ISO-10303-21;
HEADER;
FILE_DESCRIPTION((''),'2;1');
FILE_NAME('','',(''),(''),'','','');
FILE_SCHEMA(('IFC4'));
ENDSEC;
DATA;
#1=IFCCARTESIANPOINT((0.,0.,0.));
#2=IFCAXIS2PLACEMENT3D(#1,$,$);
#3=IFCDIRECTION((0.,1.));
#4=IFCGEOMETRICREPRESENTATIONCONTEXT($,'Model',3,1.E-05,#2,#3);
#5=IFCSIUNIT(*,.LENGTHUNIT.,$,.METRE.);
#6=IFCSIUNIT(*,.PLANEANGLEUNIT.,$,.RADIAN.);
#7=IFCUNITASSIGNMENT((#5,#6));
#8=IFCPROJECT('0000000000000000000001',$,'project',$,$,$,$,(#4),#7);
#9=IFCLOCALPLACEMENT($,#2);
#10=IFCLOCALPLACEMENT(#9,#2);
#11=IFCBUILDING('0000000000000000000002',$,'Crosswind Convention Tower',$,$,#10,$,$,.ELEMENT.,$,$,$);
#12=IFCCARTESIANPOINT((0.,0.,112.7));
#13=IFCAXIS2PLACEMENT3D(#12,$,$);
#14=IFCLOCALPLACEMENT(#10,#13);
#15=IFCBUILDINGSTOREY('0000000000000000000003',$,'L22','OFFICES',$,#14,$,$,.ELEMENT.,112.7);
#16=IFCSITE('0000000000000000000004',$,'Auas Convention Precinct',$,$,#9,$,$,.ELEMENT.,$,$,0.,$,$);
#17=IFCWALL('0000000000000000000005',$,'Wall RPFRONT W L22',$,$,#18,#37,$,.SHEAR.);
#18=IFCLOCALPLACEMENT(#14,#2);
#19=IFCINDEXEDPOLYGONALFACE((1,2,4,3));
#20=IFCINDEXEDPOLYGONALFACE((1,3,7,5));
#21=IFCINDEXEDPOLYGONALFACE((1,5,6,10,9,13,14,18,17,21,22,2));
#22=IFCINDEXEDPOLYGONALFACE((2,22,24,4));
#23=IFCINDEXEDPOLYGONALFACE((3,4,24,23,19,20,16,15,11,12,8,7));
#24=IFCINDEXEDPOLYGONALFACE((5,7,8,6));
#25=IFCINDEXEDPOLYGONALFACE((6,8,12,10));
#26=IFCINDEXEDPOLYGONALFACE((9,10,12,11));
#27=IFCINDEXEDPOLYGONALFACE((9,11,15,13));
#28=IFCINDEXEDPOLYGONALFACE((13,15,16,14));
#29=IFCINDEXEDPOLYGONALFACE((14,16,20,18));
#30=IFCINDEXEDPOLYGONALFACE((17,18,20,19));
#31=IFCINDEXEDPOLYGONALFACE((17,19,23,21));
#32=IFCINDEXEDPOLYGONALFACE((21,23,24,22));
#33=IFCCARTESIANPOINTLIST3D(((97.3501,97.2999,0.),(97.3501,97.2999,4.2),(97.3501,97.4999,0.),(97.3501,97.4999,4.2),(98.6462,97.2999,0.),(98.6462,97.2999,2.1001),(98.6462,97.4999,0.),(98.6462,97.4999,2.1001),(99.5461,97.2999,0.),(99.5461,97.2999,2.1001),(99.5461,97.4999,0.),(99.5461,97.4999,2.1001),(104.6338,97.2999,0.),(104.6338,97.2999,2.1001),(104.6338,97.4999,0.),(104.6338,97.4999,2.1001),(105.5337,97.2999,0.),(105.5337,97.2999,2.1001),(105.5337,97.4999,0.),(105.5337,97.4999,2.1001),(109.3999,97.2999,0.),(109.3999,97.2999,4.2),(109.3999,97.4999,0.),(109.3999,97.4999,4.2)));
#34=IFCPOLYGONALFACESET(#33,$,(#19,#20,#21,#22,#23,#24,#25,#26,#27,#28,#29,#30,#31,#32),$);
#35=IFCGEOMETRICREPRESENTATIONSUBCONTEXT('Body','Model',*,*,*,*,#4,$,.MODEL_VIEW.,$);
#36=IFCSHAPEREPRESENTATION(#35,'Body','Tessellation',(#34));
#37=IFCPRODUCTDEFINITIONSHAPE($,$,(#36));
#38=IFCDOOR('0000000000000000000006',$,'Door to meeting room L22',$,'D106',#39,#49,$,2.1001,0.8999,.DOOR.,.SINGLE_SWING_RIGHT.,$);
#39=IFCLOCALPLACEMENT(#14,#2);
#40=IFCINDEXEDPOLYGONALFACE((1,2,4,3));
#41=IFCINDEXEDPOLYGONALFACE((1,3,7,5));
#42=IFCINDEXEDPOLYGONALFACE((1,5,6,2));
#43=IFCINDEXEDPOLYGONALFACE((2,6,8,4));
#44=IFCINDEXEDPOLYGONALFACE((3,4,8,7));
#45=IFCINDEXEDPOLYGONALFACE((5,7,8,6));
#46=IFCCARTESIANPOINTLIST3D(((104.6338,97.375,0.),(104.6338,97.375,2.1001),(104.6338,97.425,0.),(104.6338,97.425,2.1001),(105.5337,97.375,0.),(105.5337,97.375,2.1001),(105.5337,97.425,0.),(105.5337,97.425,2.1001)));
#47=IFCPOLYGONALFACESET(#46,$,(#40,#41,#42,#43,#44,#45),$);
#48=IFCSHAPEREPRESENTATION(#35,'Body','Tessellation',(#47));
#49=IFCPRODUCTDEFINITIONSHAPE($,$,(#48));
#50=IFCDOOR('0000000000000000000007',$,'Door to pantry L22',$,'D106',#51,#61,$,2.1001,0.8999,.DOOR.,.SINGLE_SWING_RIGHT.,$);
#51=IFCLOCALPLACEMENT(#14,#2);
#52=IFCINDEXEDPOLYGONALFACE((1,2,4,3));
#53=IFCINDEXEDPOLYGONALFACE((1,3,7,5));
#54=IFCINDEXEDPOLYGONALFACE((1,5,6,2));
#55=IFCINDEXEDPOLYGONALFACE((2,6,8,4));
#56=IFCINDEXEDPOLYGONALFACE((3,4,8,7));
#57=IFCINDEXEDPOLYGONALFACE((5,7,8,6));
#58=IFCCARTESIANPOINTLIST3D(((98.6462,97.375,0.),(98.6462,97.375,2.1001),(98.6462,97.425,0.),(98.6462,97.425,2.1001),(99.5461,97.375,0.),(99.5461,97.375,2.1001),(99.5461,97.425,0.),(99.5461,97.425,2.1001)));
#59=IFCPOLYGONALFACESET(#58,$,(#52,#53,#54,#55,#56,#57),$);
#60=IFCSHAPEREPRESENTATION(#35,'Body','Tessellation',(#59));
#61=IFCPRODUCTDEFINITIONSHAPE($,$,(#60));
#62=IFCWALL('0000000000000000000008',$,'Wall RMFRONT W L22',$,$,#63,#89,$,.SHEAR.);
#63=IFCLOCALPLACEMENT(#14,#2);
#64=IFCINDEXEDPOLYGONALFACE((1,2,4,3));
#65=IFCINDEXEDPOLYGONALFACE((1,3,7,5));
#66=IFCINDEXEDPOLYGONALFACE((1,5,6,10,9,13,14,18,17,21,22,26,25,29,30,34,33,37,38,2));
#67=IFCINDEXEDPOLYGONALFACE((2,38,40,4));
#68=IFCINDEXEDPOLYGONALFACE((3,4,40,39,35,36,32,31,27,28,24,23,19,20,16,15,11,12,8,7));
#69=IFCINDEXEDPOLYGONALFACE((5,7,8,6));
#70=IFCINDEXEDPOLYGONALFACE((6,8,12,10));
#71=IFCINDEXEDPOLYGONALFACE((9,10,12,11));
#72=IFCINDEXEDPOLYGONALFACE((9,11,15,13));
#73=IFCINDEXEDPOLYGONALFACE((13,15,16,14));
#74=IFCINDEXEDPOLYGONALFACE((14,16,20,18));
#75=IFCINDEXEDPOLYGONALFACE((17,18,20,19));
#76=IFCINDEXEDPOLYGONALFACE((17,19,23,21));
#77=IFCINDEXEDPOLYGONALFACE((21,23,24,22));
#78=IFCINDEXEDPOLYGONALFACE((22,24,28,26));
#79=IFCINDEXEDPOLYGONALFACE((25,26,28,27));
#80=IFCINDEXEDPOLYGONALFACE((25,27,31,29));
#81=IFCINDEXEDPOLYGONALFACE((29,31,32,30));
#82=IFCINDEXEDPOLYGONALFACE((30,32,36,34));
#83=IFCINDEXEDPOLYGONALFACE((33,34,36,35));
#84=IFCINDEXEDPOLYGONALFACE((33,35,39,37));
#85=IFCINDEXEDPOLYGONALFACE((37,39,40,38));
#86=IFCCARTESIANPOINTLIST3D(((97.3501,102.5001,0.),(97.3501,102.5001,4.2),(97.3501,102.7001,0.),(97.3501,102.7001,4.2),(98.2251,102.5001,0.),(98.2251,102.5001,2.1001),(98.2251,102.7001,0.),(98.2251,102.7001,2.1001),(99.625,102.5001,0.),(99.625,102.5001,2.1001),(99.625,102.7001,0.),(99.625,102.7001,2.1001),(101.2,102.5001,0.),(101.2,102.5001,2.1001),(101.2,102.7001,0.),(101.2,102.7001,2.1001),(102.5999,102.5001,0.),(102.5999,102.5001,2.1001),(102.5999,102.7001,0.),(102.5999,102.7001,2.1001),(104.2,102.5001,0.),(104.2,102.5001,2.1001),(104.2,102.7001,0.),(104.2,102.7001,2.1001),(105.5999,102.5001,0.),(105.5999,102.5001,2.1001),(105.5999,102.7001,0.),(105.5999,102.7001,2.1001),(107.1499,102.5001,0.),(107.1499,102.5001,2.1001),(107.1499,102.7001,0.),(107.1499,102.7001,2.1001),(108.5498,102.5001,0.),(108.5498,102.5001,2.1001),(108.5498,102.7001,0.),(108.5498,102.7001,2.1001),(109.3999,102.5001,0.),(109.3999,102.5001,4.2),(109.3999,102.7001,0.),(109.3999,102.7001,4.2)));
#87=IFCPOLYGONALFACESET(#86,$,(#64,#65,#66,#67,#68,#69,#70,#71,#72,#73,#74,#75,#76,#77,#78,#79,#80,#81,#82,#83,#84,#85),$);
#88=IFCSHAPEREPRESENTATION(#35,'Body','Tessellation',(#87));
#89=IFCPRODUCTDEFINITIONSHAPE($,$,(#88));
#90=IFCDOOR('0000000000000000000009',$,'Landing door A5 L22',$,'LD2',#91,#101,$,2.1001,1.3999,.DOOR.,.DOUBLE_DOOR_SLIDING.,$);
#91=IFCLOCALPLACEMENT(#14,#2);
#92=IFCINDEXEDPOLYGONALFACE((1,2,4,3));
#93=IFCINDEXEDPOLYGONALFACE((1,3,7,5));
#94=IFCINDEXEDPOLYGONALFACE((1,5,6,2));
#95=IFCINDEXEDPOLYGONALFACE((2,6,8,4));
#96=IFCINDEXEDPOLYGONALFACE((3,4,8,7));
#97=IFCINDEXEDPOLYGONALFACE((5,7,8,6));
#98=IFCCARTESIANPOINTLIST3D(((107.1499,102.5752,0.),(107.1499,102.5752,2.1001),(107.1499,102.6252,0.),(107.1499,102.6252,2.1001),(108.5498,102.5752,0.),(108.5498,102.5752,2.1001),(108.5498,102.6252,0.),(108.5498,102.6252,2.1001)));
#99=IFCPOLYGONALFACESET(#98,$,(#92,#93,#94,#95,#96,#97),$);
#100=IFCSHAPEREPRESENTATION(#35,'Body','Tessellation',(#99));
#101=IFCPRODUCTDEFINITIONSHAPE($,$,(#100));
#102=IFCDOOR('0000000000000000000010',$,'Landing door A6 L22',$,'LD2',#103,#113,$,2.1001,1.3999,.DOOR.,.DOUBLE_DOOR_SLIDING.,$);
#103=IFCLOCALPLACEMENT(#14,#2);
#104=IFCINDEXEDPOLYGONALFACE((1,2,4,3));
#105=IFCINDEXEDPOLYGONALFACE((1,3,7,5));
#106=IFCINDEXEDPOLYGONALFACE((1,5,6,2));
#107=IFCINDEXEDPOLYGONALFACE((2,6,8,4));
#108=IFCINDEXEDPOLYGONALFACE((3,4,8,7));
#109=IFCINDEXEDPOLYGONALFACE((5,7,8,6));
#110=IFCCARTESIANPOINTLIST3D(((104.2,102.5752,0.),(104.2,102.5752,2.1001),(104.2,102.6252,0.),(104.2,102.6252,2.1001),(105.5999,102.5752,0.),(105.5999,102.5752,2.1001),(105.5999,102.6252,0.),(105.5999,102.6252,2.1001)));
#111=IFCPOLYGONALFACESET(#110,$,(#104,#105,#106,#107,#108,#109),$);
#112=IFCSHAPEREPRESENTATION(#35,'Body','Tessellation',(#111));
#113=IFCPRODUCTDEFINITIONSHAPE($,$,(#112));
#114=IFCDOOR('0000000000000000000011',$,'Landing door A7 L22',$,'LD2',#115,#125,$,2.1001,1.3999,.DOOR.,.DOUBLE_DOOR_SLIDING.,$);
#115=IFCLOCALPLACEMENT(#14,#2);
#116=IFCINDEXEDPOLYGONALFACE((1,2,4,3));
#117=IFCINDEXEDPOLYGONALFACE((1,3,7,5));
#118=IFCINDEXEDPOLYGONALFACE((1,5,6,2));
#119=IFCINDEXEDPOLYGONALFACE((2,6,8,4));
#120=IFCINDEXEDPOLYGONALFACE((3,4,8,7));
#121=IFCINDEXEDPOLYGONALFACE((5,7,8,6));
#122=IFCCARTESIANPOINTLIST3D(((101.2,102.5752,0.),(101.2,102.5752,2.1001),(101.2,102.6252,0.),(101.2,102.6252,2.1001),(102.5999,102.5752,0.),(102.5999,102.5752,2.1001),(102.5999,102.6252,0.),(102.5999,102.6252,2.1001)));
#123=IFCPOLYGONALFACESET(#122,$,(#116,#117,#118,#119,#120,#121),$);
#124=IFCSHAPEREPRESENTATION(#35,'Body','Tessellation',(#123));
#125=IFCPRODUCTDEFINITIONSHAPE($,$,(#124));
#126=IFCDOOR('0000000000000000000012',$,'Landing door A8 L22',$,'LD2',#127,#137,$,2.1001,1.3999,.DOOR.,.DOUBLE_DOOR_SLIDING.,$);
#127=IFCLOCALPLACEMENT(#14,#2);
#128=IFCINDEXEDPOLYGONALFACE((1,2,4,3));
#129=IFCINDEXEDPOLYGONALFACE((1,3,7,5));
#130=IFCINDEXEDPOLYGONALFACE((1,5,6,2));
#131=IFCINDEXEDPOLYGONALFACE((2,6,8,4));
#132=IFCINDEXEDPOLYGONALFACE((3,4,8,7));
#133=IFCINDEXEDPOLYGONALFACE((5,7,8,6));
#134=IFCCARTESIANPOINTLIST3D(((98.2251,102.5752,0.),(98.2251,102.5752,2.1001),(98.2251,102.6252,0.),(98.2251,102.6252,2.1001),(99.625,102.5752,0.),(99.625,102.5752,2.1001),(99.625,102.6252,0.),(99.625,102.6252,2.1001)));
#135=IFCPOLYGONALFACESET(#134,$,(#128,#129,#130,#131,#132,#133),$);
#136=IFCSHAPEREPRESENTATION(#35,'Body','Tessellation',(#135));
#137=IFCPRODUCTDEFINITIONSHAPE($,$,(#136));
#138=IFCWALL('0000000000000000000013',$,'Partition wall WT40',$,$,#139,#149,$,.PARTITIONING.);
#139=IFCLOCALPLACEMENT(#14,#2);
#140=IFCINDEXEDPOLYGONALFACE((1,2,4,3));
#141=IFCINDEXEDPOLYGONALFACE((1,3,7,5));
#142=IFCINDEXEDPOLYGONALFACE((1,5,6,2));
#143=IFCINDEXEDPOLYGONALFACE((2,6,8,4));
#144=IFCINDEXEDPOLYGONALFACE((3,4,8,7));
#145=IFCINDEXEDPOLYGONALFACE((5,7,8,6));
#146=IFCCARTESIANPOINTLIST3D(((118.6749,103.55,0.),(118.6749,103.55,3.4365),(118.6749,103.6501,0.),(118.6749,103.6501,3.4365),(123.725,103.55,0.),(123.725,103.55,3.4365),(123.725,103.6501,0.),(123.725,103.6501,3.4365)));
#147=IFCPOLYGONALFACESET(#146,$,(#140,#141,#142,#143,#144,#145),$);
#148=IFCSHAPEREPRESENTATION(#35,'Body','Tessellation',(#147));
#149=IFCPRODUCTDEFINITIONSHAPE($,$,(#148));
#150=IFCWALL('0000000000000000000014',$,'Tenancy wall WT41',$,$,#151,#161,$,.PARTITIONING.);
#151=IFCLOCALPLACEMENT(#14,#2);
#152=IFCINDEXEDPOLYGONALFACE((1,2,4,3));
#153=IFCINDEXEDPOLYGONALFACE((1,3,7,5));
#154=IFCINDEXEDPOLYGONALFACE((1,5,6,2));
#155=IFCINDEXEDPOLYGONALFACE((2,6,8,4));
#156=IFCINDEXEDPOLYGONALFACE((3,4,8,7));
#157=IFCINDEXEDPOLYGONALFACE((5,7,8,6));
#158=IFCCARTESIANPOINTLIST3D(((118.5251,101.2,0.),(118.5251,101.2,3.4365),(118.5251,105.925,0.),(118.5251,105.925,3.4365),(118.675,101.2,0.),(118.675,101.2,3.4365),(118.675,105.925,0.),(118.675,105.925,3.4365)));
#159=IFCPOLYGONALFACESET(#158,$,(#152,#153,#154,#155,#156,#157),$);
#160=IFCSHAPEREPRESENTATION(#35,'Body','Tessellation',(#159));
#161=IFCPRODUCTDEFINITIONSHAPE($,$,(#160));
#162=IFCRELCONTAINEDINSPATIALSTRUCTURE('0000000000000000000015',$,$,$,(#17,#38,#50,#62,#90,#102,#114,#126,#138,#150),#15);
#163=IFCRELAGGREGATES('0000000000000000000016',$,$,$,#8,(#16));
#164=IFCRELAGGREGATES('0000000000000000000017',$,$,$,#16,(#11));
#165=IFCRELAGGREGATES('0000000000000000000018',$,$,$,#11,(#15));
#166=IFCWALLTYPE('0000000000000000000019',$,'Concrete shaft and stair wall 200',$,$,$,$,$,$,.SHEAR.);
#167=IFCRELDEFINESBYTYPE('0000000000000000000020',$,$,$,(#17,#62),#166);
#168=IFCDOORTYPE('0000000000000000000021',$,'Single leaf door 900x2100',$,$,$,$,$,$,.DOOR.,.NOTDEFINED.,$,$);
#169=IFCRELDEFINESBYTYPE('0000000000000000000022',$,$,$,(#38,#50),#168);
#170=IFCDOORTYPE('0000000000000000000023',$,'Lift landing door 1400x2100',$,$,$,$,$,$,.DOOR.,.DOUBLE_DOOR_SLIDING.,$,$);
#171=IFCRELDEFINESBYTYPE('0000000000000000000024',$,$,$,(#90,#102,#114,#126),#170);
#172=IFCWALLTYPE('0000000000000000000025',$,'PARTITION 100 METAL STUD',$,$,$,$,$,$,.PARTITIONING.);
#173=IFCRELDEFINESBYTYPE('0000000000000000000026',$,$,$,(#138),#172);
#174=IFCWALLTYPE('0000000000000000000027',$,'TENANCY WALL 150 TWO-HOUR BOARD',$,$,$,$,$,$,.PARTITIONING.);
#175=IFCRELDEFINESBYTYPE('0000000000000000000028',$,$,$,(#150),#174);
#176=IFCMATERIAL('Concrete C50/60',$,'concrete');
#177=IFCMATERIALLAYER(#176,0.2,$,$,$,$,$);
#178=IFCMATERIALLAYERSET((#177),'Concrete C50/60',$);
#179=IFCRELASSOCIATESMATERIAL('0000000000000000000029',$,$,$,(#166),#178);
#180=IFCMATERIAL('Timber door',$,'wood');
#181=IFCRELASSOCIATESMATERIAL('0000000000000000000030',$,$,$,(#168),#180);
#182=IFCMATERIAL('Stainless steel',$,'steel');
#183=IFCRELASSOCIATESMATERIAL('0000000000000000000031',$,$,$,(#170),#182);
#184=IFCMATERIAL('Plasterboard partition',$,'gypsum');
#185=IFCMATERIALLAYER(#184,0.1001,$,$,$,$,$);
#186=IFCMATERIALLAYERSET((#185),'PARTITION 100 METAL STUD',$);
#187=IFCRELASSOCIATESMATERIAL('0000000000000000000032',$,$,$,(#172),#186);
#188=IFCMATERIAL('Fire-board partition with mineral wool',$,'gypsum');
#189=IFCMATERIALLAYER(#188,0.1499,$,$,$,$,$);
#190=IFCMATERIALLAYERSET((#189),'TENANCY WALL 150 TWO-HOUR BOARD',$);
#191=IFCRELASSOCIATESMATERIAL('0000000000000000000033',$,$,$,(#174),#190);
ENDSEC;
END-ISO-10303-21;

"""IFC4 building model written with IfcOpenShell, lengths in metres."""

from ifc_helpers import new_model, si_unit, direction, frame, frame_2d, origin, place, context, subcontext, project, spatial, rectangle, extrude, material, layer, layer_set, type_object, element, fill, save


model = new_model("IFC4")

# Units and contexts
model_context = context("Model", 3, precision=1e-05, world=origin(), true_north=direction((0.0, 1.0)))
body_context = subcontext(model_context, "Body", "Model", "MODEL_VIEW")
ifc_project = project(units=[si_unit("LENGTHUNIT", "METRE"), si_unit("PLANEANGLEUNIT", "RADIAN")], contexts=[model_context])

# Site, building, storey
site_placement = place(None, origin())
site = spatial("IfcSite", under=ifc_project, at=site_placement, Name="Auas Convention Precinct", CompositionType="ELEMENT", RefElevation=0.0)
building_placement = place(site_placement, origin())
building = spatial("IfcBuilding", under=site, at=building_placement, Name="Crosswind Convention Tower", CompositionType="ELEMENT")
storey_placement = place(building_placement, frame((0.0, 0.0, 112.7)))
storey = spatial("IfcBuildingStorey", under=building, at=storey_placement, Name="L22", Description="OFFICES", CompositionType="ELEMENT", Elevation=112.7)

# Walls, openings, doors
ifc_material_1 = material(Name="Concrete C50/60", Category="concrete")
ifc_layer_1 = layer(ifc_material_1, 0.2)
ifc_layer_set_1 = layer_set([ifc_layer_1], Name="Concrete C50/60")
wall_type_1 = type_object("IfcWallType", Name="Concrete shaft and stair wall 200", PredefinedType="SHEAR", material=ifc_layer_set_1)
wall_1_placement = place(storey_placement, frame((109.3999, 97.3999, 0.0), z_axis=(0.0, 0.0, 1.0), x_axis=(-1.0, 0.0, 0.0)))
wall_1 = element("IfcWall", 1, at=wall_1_placement, inside=storey, type_object=wall_type_1, Name="Wall RPFRONT W L22", PredefinedType="SHEAR", context=body_context, shape_type="SweptSolid", body=[
    extrude(rectangle(XDim=12.0498, YDim=0.2, at=frame_2d((6.0249, 0.0))), origin(), (0.0, 0.0, 1.0), 4.2),
])
opening_1_placement = place(wall_1_placement, frame((3.8662, 0.0, 0.0)))
opening_1 = element("IfcOpeningElement", 2, at=opening_1_placement, cuts=wall_1, PredefinedType="OPENING", context=body_context, shape_type="SweptSolid", body=[
    extrude(rectangle(XDim=0.8999, YDim=2.1001, at=frame_2d((0.45, 1.05))), frame((0.0, 0.1099, 0.0), z_axis=(0.0, -1.0, 0.0), x_axis=(1.0, 0.0, 0.0)), (0.0, 0.0, 1.0), 0.22),
])
opening_2_placement = place(wall_1_placement, frame((9.8538, 0.0, 0.0)))
opening_2 = element("IfcOpeningElement", 3, at=opening_2_placement, cuts=wall_1, PredefinedType="OPENING", context=body_context, shape_type="SweptSolid", body=[
    extrude(rectangle(XDim=0.8999, YDim=2.1001, at=frame_2d((0.45, 1.05))), frame((0.0, 0.1099, 0.0), z_axis=(0.0, -1.0, 0.0), x_axis=(1.0, 0.0, 0.0)), (0.0, 0.0, 1.0), 0.22),
])
ifc_material_2 = material(Name="Timber door", Category="wood")
door_type_1 = type_object("IfcDoorType", Name="Single leaf door 900x2100", OperationType="NOTDEFINED", PredefinedType="DOOR", material=ifc_material_2)
door_1_placement = place(opening_1_placement, origin())
door_1 = element("IfcDoor", 4, at=door_1_placement, inside=storey, type_object=door_type_1, Name="Door to meeting room L22", ObjectType="D106", OperationType="SINGLE_SWING_RIGHT", OverallHeight=2.1001, OverallWidth=0.8999, PredefinedType="DOOR", context=body_context, shape_type="SweptSolid", body=[
    extrude(rectangle(XDim=0.8999, YDim=2.1001, at=frame_2d((0.45, 1.05))), frame((0.0, 0.0249, 0.0), z_axis=(0.0, -1.0, 0.0), x_axis=(1.0, 0.0, 0.0)), (0.0, 0.0, 1.0), 0.05),
])
fill(opening_1, door_1)
door_2_placement = place(opening_2_placement, origin())
door_2 = element("IfcDoor", 5, at=door_2_placement, inside=storey, type_object=door_type_1, Name="Door to pantry L22", ObjectType="D106", OperationType="SINGLE_SWING_RIGHT", OverallHeight=2.1001, OverallWidth=0.8999, PredefinedType="DOOR", context=body_context, shape_type="SweptSolid", body=[
    extrude(rectangle(XDim=0.8999, YDim=2.1001, at=frame_2d((0.45, 1.05))), frame((0.0, 0.0249, 0.0), z_axis=(0.0, -1.0, 0.0), x_axis=(1.0, 0.0, 0.0)), (0.0, 0.0, 1.0), 0.05),
])
fill(opening_2, door_2)
wall_2_placement = place(storey_placement, frame((109.3999, 102.6001, 0.0), z_axis=(0.0, 0.0, 1.0), x_axis=(-1.0, 0.0, 0.0)))
wall_2 = element("IfcWall", 6, at=wall_2_placement, inside=storey, type_object=wall_type_1, Name="Wall RMFRONT W L22", PredefinedType="SHEAR", context=body_context, shape_type="SweptSolid", body=[
    extrude(rectangle(XDim=12.0498, YDim=0.2, at=frame_2d((6.0249, 0.0))), origin(), (0.0, 0.0, 1.0), 4.2),
])
opening_3_placement = place(wall_2_placement, frame((0.8501, 0.0, 0.0)))
opening_3 = element("IfcOpeningElement", 7, at=opening_3_placement, cuts=wall_2, PredefinedType="OPENING", context=body_context, shape_type="SweptSolid", body=[
    extrude(rectangle(XDim=1.3999, YDim=2.1001, at=frame_2d((0.7, 1.05))), frame((0.0, 0.1099, 0.0), z_axis=(0.0, -1.0, 0.0), x_axis=(1.0, 0.0, 0.0)), (0.0, 0.0, 1.0), 0.22),
])
opening_4_placement = place(wall_2_placement, frame((3.8, 0.0, 0.0)))
opening_4 = element("IfcOpeningElement", 8, at=opening_4_placement, cuts=wall_2, PredefinedType="OPENING", context=body_context, shape_type="SweptSolid", body=[
    extrude(rectangle(XDim=1.3999, YDim=2.1001, at=frame_2d((0.7, 1.05))), frame((0.0, 0.1099, 0.0), z_axis=(0.0, -1.0, 0.0), x_axis=(1.0, 0.0, 0.0)), (0.0, 0.0, 1.0), 0.22),
])
opening_5_placement = place(wall_2_placement, frame((6.8, 0.0, 0.0)))
opening_5 = element("IfcOpeningElement", 9, at=opening_5_placement, cuts=wall_2, PredefinedType="OPENING", context=body_context, shape_type="SweptSolid", body=[
    extrude(rectangle(XDim=1.3999, YDim=2.1001, at=frame_2d((0.7, 1.05))), frame((0.0, 0.1099, 0.0), z_axis=(0.0, -1.0, 0.0), x_axis=(1.0, 0.0, 0.0)), (0.0, 0.0, 1.0), 0.22),
])
opening_6_placement = place(wall_2_placement, frame((9.7749, 0.0, 0.0)))
opening_6 = element("IfcOpeningElement", 10, at=opening_6_placement, cuts=wall_2, PredefinedType="OPENING", context=body_context, shape_type="SweptSolid", body=[
    extrude(rectangle(XDim=1.3999, YDim=2.1001, at=frame_2d((0.7, 1.05))), frame((0.0, 0.1099, 0.0), z_axis=(0.0, -1.0, 0.0), x_axis=(1.0, 0.0, 0.0)), (0.0, 0.0, 1.0), 0.22),
])
ifc_material_3 = material(Name="Stainless steel", Category="steel")
door_type_2 = type_object("IfcDoorType", Name="Lift landing door 1400x2100", OperationType="DOUBLE_DOOR_SLIDING", PredefinedType="DOOR", material=ifc_material_3)
door_3_placement = place(opening_3_placement, origin())
door_3 = element("IfcDoor", 11, at=door_3_placement, inside=storey, type_object=door_type_2, Name="Landing door A5 L22", ObjectType="LD2", OperationType="DOUBLE_DOOR_SLIDING", OverallHeight=2.1001, OverallWidth=1.3999, PredefinedType="DOOR", context=body_context, shape_type="SweptSolid", body=[
    extrude(rectangle(XDim=1.3999, YDim=2.1001, at=frame_2d((0.7, 1.05))), frame((0.0, 0.0249, 0.0), z_axis=(0.0, -1.0, 0.0), x_axis=(1.0, 0.0, 0.0)), (0.0, 0.0, 1.0), 0.05),
])
fill(opening_3, door_3)
door_4_placement = place(opening_4_placement, origin())
door_4 = element("IfcDoor", 12, at=door_4_placement, inside=storey, type_object=door_type_2, Name="Landing door A6 L22", ObjectType="LD2", OperationType="DOUBLE_DOOR_SLIDING", OverallHeight=2.1001, OverallWidth=1.3999, PredefinedType="DOOR", context=body_context, shape_type="SweptSolid", body=[
    extrude(rectangle(XDim=1.3999, YDim=2.1001, at=frame_2d((0.7, 1.05))), frame((0.0, 0.0249, 0.0), z_axis=(0.0, -1.0, 0.0), x_axis=(1.0, 0.0, 0.0)), (0.0, 0.0, 1.0), 0.05),
])
fill(opening_4, door_4)
door_5_placement = place(opening_5_placement, origin())
door_5 = element("IfcDoor", 13, at=door_5_placement, inside=storey, type_object=door_type_2, Name="Landing door A7 L22", ObjectType="LD2", OperationType="DOUBLE_DOOR_SLIDING", OverallHeight=2.1001, OverallWidth=1.3999, PredefinedType="DOOR", context=body_context, shape_type="SweptSolid", body=[
    extrude(rectangle(XDim=1.3999, YDim=2.1001, at=frame_2d((0.7, 1.05))), frame((0.0, 0.0249, 0.0), z_axis=(0.0, -1.0, 0.0), x_axis=(1.0, 0.0, 0.0)), (0.0, 0.0, 1.0), 0.05),
])
fill(opening_5, door_5)
door_6_placement = place(opening_6_placement, origin())
door_6 = element("IfcDoor", 14, at=door_6_placement, inside=storey, type_object=door_type_2, Name="Landing door A8 L22", ObjectType="LD2", OperationType="DOUBLE_DOOR_SLIDING", OverallHeight=2.1001, OverallWidth=1.3999, PredefinedType="DOOR", context=body_context, shape_type="SweptSolid", body=[
    extrude(rectangle(XDim=1.3999, YDim=2.1001, at=frame_2d((0.7, 1.05))), frame((0.0, 0.0249, 0.0), z_axis=(0.0, -1.0, 0.0), x_axis=(1.0, 0.0, 0.0)), (0.0, 0.0, 1.0), 0.05),
])
fill(opening_6, door_6)

# Walls
ifc_material_4 = material(Name="Plasterboard partition", Category="gypsum")
ifc_layer_2 = layer(ifc_material_4, 0.1001)
ifc_layer_set_2 = layer_set([ifc_layer_2], Name="PARTITION 100 METAL STUD")
wall_type_2 = type_object("IfcWallType", Name="PARTITION 100 METAL STUD", PredefinedType="PARTITIONING", material=ifc_layer_set_2)
wall_3_placement = place(storey_placement, frame((118.675, 103.6001, 0.0), z_axis=(0.0, 0.0, 1.0), x_axis=(1.0, 0.0, 0.0)))
element("IfcWall", 15, at=wall_3_placement, inside=storey, type_object=wall_type_2, Name="Partition wall WT40", PredefinedType="PARTITIONING", context=body_context, shape_type="SweptSolid", body=[
    extrude(rectangle(XDim=5.05, YDim=0.1001, at=frame_2d((2.5249, 0.0))), origin(), (0.0, 0.0, 1.0), 3.4365),
])
ifc_material_5 = material(Name="Fire-board partition with mineral wool", Category="gypsum")
ifc_layer_3 = layer(ifc_material_5, 0.1499)
ifc_layer_set_3 = layer_set([ifc_layer_3], Name="TENANCY WALL 150 TWO-HOUR BOARD")
wall_type_3 = type_object("IfcWallType", Name="TENANCY WALL 150 TWO-HOUR BOARD", PredefinedType="PARTITIONING", material=ifc_layer_set_3)
wall_4_placement = place(storey_placement, frame((118.6001, 101.2, 0.0), z_axis=(0.0, 0.0, 1.0), x_axis=(0.0, 1.0, 0.0)))
element("IfcWall", 16, at=wall_4_placement, inside=storey, type_object=wall_type_3, Name="Tenancy wall WT41", PredefinedType="PARTITIONING", context=body_context, shape_type="SweptSolid", body=[
    extrude(rectangle(XDim=4.7251, YDim=0.1499, at=frame_2d((2.3625, 0.0))), origin(), (0.0, 0.0, 1.0), 3.4365),
])

save(model, "model.ifc")
